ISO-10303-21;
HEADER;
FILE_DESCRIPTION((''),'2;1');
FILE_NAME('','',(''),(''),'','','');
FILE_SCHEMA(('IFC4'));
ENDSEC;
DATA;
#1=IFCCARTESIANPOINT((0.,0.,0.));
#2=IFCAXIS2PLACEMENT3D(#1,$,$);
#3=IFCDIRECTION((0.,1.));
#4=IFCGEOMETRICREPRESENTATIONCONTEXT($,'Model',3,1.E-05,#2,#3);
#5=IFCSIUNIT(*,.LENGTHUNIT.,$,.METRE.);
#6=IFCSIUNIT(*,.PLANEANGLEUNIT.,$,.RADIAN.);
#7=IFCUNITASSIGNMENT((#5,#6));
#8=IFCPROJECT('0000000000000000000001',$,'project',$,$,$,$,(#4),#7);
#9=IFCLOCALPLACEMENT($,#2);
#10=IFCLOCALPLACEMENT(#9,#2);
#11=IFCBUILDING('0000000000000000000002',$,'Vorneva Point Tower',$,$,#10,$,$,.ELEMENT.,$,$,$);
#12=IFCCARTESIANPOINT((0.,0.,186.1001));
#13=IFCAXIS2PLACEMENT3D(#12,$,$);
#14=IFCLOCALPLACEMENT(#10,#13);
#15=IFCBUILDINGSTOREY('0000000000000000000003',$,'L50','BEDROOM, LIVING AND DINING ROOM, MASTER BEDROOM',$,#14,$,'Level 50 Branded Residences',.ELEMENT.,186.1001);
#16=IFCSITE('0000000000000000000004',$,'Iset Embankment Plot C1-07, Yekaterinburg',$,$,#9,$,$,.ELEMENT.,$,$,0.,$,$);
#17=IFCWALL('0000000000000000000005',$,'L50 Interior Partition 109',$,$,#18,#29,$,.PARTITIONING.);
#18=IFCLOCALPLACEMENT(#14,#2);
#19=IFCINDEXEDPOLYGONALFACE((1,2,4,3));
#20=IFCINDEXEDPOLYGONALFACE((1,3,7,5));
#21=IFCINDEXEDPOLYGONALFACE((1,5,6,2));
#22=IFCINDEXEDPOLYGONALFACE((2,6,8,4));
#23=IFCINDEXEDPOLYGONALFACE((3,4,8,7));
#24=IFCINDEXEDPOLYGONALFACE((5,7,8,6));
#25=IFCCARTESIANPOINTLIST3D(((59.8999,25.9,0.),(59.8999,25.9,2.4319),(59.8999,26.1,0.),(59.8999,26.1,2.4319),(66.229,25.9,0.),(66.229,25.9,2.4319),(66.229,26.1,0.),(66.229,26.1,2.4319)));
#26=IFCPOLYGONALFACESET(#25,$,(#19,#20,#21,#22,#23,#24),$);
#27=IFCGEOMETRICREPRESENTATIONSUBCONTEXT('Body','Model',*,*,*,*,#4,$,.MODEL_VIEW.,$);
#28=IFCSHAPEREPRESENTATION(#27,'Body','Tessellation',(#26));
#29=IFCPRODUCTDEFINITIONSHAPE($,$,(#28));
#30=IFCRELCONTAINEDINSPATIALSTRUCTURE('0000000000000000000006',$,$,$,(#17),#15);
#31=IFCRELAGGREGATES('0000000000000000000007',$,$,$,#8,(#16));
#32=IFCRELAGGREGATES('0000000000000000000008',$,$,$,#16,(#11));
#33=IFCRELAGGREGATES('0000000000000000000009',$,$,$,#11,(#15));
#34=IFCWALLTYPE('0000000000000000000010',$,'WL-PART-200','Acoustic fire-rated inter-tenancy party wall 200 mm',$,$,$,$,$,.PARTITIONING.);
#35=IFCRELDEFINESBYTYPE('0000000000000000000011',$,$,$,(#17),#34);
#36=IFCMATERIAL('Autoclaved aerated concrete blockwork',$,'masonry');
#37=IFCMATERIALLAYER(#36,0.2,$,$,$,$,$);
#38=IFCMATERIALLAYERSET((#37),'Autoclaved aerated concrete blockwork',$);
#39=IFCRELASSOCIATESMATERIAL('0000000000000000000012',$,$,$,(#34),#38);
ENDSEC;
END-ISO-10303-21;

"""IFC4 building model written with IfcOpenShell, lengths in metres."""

from ifc_helpers import new_model, si_unit, direction, frame, frame_2d, origin, place, context, subcontext, project, spatial, rectangle, extrude, material, layer, layer_set, type_object, element, save


model = new_model("IFC4")

# Units and contexts
model_context = context("Model", 3, precision=1e-05, world=origin(), true_north=direction((0.0, 1.0)))
body_context = subcontext(model_context, "Body", "Model", "MODEL_VIEW")
ifc_project = project(units=[si_unit("LENGTHUNIT", "METRE"), si_unit("PLANEANGLEUNIT", "RADIAN")], contexts=[model_context])

# Site, building, storey
site_placement = place(None, origin())
site = spatial("IfcSite", under=ifc_project, at=site_placement, Name="Iset Embankment Plot C1-07, Yekaterinburg", CompositionType="ELEMENT", RefElevation=0.0)
building_placement = place(site_placement, origin())
building = spatial("IfcBuilding", under=site, at=building_placement, Name="Vorneva Point Tower", CompositionType="ELEMENT")
storey_placement = place(building_placement, frame((0.0, 0.0, 186.1001)))
storey = spatial("IfcBuildingStorey", under=building, at=storey_placement, Name="L50", Description="BEDROOM, LIVING AND DINING ROOM, MASTER BEDROOM", LongName="Level 50 Branded Residences", CompositionType="ELEMENT", Elevation=186.1001)

# Shared definitions
ifc_material_1 = material(Name="Autoclaved aerated concrete blockwork", Category="masonry")

# Wall
ifc_layer_1 = layer(ifc_material_1, 0.2)
ifc_layer_set_1 = layer_set([ifc_layer_1], Name="Autoclaved aerated concrete blockwork")
wall_type_1 = type_object("IfcWallType", Name="WL-PART-200", Description="Acoustic fire-rated inter-tenancy party wall 200 mm", PredefinedType="PARTITIONING", material=ifc_layer_set_1)
wall_1_placement = place(storey_placement, frame((59.8999, 26.0, 0.0), z_axis=(0.0, 0.0, 1.0), x_axis=(1.0, 0.0, 0.0)))
element("IfcWall", 1, at=wall_1_placement, inside=storey, type_object=wall_type_1, Name="L50 Interior Partition 109", PredefinedType="PARTITIONING", context=body_context, shape_type="SweptSolid", body=[
    extrude(rectangle(XDim=6.3291, YDim=0.2, at=frame_2d((3.1646, 0.0))), origin(), (0.0, 0.0, 1.0), 2.4319),
])

save(model, "model.ifc")
